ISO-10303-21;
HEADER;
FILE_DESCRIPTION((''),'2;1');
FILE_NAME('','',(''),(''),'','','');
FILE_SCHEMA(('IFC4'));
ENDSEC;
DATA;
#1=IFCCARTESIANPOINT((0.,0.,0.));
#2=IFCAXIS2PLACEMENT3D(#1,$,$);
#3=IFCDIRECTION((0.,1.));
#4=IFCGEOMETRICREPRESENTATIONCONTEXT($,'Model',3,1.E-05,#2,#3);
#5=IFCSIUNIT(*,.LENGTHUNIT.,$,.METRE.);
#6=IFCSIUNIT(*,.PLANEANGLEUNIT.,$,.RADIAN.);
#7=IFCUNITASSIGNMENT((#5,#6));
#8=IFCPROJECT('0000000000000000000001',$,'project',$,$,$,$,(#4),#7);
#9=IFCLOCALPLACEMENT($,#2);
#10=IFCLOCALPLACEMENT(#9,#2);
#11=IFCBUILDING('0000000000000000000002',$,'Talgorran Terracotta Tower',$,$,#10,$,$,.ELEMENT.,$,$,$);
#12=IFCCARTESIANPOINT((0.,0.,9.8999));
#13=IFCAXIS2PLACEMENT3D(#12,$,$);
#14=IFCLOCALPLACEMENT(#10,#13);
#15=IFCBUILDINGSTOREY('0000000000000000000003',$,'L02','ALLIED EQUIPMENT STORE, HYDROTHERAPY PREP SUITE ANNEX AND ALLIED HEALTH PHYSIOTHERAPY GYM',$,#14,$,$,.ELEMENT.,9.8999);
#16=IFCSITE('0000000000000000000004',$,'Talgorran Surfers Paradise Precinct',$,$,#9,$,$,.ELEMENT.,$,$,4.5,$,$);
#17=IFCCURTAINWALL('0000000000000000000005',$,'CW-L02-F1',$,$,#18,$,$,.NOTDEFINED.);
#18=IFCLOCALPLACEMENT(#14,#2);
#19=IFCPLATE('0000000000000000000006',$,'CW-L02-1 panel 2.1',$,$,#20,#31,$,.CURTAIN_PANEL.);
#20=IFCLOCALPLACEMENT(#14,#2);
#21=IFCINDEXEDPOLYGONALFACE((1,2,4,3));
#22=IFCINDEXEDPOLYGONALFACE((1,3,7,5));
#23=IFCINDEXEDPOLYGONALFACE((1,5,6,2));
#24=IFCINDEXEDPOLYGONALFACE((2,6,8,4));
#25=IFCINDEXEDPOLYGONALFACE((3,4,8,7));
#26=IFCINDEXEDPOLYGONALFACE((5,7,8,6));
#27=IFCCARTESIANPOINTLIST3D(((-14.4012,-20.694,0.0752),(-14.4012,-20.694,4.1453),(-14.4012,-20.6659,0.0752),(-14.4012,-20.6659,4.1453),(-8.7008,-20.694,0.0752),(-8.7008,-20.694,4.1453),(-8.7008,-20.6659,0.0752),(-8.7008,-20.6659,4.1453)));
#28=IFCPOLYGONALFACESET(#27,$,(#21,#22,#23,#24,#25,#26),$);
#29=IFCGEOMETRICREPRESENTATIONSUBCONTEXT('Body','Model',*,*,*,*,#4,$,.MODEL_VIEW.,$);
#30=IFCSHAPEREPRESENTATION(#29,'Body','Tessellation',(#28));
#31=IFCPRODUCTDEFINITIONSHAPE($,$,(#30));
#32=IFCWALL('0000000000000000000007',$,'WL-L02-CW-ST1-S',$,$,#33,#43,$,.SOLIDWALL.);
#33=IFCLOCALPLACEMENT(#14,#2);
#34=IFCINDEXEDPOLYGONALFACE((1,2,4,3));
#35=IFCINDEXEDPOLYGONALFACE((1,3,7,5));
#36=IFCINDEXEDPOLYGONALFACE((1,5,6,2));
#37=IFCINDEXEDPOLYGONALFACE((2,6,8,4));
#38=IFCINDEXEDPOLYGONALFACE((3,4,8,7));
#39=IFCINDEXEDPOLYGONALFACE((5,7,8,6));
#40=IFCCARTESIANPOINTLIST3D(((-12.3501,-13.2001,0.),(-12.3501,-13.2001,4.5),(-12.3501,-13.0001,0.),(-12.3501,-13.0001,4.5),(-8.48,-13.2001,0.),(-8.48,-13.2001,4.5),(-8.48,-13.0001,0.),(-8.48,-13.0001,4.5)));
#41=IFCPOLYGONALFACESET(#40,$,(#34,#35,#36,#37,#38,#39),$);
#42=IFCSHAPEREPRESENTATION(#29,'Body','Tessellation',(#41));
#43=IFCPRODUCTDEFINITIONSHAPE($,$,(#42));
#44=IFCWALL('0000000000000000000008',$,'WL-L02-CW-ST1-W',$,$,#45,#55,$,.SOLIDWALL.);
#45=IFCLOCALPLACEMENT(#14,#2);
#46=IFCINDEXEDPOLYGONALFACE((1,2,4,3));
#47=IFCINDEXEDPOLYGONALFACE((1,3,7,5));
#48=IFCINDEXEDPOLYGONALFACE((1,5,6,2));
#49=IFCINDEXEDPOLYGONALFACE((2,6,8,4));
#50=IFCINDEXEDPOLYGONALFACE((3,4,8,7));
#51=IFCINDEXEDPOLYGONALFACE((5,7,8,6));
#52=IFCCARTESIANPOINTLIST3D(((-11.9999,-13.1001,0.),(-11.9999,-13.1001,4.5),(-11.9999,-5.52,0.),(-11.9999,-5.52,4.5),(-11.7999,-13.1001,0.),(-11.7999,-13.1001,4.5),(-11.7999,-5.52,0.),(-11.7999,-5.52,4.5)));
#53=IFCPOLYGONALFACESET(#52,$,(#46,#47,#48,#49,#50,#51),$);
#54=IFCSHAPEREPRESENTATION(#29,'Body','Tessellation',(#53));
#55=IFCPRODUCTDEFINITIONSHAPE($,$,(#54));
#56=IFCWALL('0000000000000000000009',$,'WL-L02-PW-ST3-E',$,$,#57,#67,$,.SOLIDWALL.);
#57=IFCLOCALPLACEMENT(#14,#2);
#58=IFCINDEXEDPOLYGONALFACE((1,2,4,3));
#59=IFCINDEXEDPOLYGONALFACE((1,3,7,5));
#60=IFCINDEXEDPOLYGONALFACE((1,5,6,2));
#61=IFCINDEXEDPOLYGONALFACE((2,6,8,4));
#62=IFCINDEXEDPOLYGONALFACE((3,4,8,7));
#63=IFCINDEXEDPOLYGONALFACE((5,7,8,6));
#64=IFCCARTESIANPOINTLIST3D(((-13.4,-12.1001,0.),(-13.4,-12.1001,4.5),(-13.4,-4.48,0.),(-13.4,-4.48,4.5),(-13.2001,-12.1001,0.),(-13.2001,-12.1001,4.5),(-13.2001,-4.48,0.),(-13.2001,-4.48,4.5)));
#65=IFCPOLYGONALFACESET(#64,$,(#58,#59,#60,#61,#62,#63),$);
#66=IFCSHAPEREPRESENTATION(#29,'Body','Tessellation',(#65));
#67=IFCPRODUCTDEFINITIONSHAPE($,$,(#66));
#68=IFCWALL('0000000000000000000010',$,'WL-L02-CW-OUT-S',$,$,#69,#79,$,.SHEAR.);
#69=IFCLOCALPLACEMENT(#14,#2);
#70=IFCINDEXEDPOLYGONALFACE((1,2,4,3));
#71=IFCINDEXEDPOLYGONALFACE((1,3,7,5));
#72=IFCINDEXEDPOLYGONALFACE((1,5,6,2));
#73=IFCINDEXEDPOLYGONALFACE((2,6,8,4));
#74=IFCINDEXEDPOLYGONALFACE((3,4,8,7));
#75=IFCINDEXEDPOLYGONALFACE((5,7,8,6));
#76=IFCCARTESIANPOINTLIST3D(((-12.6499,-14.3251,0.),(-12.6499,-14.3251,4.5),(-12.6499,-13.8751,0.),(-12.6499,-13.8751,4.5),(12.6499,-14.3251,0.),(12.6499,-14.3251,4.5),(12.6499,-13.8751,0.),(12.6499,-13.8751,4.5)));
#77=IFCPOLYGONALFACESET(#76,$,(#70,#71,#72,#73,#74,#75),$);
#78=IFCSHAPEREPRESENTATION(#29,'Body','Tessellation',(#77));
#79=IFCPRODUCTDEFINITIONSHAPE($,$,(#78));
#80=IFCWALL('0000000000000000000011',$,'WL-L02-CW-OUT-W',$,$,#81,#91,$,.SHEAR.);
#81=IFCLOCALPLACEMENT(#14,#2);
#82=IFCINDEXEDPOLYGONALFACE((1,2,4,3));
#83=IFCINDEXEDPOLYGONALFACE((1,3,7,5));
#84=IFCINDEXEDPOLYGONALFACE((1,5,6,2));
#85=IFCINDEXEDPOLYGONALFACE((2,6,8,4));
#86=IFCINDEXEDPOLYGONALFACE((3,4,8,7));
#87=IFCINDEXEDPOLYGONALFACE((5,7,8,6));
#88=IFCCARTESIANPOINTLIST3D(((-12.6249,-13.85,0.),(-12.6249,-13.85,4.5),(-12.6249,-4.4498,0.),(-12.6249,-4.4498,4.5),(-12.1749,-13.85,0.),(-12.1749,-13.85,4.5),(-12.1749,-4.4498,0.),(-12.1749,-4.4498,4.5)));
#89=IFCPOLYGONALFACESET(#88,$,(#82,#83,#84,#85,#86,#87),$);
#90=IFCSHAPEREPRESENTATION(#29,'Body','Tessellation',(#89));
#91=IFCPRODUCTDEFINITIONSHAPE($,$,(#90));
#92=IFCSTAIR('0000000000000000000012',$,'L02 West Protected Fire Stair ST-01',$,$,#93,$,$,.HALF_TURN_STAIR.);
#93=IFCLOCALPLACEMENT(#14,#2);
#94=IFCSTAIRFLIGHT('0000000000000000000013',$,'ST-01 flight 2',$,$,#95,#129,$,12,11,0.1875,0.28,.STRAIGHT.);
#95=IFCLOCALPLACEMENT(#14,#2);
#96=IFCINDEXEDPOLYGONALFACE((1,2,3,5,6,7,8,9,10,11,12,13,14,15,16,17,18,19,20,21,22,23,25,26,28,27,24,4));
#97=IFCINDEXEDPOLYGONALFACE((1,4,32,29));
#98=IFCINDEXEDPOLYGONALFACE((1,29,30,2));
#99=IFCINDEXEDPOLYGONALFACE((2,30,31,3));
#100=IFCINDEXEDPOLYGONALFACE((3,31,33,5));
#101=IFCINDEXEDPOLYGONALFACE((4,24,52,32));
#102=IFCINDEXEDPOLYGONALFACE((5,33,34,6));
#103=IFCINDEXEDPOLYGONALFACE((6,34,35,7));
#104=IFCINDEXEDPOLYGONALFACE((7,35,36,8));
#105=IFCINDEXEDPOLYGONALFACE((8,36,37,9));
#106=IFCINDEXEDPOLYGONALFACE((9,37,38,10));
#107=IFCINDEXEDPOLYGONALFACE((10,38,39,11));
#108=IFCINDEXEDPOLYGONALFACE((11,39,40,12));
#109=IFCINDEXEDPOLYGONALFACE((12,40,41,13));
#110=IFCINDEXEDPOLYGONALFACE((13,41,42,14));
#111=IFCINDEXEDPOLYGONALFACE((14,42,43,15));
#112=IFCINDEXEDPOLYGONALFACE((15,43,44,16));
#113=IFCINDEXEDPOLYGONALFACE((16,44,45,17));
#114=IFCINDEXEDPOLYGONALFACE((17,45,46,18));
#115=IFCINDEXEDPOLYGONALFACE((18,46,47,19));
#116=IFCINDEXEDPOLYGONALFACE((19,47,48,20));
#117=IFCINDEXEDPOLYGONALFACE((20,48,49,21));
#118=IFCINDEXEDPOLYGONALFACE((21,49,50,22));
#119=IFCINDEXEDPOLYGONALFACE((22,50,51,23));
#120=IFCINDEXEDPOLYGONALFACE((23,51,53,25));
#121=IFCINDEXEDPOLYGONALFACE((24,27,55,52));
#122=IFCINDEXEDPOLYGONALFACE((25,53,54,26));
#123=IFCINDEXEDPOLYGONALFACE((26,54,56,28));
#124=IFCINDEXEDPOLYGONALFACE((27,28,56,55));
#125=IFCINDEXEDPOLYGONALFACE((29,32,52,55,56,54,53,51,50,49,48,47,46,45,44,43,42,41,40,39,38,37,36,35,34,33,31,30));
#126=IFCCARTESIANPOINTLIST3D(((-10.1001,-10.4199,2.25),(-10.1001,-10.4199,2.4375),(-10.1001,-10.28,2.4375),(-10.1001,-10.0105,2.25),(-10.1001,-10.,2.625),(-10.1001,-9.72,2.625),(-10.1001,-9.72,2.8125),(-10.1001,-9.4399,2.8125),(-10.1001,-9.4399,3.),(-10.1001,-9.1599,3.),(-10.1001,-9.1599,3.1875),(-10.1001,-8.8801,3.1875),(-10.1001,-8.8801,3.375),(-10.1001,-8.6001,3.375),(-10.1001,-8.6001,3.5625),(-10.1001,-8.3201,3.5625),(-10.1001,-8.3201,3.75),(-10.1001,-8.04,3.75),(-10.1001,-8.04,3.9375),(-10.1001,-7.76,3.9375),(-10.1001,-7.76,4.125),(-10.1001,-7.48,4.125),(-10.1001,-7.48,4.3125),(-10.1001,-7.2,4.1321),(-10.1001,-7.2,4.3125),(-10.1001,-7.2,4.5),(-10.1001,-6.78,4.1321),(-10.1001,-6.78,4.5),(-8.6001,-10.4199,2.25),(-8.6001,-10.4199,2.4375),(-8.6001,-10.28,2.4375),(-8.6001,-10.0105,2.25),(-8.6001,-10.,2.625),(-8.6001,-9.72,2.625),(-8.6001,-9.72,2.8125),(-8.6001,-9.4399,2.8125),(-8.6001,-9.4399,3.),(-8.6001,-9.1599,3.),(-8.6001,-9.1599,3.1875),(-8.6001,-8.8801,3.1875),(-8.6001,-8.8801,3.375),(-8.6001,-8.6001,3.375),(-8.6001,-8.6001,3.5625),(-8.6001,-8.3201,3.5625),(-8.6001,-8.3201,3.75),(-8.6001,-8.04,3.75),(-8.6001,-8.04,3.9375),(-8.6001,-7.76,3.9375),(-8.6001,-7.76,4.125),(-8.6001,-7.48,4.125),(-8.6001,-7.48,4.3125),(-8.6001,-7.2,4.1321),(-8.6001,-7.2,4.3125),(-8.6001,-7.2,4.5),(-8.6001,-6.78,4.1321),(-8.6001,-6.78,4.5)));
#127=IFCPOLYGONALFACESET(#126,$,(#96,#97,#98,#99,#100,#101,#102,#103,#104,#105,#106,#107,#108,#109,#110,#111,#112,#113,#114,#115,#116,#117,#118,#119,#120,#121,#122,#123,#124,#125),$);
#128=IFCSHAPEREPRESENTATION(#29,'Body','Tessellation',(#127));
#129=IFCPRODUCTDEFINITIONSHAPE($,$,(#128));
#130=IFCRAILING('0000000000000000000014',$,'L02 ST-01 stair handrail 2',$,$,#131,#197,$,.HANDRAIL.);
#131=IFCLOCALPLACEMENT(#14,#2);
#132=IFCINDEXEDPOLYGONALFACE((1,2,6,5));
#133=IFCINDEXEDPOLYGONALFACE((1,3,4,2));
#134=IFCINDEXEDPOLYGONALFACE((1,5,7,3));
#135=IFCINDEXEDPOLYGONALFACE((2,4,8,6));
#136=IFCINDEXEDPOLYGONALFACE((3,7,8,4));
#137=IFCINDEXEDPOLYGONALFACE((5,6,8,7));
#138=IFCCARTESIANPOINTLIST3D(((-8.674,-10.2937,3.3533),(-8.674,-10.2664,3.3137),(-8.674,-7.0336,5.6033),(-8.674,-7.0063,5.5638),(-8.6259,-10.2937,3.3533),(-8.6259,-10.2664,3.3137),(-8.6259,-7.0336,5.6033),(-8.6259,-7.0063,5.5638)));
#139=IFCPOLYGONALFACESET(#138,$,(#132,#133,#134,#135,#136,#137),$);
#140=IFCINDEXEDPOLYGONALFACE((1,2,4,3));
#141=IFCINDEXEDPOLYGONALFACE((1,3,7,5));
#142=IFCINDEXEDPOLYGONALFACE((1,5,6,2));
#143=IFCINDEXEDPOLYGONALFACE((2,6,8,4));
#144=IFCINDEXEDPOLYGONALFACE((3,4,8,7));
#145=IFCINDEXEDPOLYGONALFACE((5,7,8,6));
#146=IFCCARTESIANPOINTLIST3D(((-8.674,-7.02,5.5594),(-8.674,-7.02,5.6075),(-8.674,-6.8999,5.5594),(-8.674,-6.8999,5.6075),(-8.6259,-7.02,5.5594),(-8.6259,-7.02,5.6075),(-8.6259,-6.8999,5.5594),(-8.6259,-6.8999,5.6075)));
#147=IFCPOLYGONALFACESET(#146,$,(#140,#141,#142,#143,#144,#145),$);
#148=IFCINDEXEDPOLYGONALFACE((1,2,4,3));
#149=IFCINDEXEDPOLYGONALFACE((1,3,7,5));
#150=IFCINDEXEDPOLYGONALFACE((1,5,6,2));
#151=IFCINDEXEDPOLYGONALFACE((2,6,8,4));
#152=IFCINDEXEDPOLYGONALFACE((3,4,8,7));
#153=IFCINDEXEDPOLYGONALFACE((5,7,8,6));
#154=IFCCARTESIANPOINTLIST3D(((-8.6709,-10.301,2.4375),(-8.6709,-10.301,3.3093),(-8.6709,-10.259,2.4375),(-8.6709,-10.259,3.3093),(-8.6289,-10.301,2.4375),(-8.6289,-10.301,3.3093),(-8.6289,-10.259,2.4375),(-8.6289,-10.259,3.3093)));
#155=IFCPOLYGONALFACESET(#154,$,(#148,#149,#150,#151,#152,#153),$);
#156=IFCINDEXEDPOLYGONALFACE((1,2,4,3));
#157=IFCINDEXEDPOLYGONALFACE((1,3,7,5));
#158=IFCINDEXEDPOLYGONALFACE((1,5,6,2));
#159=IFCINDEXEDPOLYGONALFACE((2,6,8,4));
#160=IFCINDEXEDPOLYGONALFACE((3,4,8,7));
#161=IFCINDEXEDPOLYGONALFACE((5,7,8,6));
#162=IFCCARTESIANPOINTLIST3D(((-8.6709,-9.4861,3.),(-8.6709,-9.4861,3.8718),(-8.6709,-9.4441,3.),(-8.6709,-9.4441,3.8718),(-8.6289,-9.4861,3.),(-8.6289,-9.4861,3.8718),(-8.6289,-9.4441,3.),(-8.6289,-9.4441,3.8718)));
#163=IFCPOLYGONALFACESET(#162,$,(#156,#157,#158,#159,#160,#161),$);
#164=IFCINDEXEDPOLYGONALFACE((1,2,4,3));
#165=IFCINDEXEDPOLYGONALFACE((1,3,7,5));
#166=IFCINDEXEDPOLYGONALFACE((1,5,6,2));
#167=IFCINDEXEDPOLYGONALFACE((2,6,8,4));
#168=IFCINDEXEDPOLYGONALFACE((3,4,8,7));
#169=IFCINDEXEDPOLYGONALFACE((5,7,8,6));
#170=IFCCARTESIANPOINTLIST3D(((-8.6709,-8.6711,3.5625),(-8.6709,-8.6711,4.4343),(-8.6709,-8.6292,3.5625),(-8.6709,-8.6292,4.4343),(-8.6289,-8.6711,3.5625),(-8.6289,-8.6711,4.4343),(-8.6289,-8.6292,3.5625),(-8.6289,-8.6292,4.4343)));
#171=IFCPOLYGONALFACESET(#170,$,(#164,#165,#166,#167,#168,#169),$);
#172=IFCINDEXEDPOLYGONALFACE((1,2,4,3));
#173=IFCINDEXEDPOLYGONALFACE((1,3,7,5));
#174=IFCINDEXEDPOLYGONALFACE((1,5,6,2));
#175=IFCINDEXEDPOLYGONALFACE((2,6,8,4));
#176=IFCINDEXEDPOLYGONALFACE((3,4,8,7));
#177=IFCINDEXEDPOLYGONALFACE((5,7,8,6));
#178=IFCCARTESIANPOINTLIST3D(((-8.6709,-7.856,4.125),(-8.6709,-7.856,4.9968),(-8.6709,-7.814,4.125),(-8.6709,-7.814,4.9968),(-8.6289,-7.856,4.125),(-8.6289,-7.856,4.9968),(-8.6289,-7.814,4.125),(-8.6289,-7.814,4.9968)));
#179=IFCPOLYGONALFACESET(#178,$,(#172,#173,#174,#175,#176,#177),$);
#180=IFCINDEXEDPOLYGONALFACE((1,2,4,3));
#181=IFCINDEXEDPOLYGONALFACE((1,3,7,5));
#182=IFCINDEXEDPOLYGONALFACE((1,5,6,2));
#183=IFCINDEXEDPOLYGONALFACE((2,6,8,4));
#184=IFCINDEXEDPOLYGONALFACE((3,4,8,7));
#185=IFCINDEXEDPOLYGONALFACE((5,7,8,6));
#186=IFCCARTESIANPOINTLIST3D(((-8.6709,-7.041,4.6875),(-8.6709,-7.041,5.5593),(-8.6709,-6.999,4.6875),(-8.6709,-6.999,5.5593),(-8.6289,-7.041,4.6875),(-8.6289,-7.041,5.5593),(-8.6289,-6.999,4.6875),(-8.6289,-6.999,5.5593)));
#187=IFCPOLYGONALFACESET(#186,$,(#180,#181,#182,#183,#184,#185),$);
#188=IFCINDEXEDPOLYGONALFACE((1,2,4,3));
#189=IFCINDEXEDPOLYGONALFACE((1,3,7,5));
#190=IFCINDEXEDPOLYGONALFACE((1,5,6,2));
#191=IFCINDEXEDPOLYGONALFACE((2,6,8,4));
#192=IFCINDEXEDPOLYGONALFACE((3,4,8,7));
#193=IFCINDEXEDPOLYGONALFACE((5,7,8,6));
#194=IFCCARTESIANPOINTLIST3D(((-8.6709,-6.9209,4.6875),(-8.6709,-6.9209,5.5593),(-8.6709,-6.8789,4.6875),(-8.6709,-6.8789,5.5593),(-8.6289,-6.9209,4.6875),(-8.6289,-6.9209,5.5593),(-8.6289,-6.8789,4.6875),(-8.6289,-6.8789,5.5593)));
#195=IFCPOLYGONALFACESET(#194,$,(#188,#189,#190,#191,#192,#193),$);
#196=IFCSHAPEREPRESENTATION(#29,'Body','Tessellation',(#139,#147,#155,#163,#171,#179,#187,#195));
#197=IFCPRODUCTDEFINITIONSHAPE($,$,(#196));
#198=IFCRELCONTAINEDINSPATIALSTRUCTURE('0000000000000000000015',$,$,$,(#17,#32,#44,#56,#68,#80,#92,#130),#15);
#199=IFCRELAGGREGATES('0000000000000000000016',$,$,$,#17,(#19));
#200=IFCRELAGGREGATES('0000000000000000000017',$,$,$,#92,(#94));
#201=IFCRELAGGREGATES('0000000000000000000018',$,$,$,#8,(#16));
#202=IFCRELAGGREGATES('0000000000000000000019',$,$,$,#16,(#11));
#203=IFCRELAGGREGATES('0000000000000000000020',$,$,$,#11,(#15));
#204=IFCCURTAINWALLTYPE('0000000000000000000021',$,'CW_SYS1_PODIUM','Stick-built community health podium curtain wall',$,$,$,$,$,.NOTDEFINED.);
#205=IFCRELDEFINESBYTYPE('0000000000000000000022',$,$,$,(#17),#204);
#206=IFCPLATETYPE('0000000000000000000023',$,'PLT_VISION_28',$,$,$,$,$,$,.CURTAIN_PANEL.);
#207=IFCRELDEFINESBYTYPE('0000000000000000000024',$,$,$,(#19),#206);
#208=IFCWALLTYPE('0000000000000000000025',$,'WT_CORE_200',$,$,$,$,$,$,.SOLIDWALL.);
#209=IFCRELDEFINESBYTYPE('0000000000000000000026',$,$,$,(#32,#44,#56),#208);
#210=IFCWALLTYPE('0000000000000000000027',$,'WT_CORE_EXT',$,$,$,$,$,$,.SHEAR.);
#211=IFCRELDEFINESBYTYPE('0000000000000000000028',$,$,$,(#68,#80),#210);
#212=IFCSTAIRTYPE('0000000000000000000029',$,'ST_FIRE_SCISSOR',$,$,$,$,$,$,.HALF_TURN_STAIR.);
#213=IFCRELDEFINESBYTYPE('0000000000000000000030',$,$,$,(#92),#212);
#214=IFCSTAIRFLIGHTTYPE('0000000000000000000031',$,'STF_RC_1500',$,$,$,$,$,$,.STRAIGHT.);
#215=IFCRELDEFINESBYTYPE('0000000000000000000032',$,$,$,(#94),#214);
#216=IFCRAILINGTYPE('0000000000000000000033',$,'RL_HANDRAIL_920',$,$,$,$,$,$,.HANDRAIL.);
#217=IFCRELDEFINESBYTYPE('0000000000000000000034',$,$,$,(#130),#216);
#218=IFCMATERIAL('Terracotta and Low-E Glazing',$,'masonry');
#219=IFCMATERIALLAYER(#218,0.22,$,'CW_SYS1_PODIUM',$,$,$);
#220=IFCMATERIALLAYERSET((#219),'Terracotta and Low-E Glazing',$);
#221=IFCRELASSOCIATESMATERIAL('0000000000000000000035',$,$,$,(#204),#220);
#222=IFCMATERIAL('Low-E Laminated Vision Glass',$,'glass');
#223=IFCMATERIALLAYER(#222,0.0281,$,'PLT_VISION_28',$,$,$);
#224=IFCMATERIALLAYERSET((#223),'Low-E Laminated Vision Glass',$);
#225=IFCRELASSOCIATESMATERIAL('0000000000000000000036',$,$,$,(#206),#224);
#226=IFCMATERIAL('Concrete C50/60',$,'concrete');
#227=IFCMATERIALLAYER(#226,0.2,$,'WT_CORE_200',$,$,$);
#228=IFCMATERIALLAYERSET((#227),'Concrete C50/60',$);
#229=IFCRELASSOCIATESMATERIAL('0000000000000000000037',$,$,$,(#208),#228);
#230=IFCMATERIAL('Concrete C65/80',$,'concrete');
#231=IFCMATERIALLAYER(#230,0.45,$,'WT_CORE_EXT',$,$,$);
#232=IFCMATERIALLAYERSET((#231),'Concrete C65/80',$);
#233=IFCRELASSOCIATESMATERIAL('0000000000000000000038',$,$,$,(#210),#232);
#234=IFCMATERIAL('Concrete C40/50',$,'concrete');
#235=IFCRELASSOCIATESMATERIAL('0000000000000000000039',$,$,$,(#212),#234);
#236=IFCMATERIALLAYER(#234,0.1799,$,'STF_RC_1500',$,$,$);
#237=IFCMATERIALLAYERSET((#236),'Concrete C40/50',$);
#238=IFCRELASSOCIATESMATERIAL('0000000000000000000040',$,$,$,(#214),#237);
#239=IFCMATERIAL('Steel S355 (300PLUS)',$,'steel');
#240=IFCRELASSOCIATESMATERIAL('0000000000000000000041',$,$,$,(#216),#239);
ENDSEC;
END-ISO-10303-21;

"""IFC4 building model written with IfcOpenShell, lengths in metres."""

from ifc_helpers import new_model, si_unit, direction, frame, frame_2d, origin, origin_2d, place, context, subcontext, project, spatial, polyline, rectangle, outline, extrude, source, transform, mapped, material, layer, layer_set, type_object, type_shapes, element, aggregate, save


model = new_model("IFC4")

# Units and contexts
model_context = context("Model", 3, precision=1e-05, world=origin(), true_north=direction((0.0, 1.0)))
body_context = subcontext(model_context, "Body", "Model", "MODEL_VIEW")
ifc_project = project(units=[si_unit("LENGTHUNIT", "METRE"), si_unit("PLANEANGLEUNIT", "RADIAN")], contexts=[model_context])

# Site, building, storey
site_placement = place(None, origin())
site = spatial("IfcSite", under=ifc_project, at=site_placement, Name="Talgorran Surfers Paradise Precinct", CompositionType="ELEMENT", RefElevation=4.5)
building_placement = place(site_placement, origin())
building = spatial("IfcBuilding", under=site, at=building_placement, Name="Talgorran Terracotta Tower", CompositionType="ELEMENT")
storey_placement = place(building_placement, frame((0.0, 0.0, 9.8999)))
storey = spatial("IfcBuildingStorey", under=building, at=storey_placement, Name="L02", Description="ALLIED EQUIPMENT STORE, HYDROTHERAPY PREP SUITE ANNEX AND ALLIED HEALTH PHYSIOTHERAPY GYM", CompositionType="ELEMENT", Elevation=9.8999)

# Shared definitions
ifc_material_1 = material(Name="Steel S355 (300PLUS)", Category="steel")

# Curtain wall, plate
ifc_material_2 = material(Name="Terracotta and Low-E Glazing", Category="masonry")
ifc_layer_1 = layer(ifc_material_2, 0.22, Name="CW_SYS1_PODIUM")
ifc_layer_set_1 = layer_set([ifc_layer_1], Name="Terracotta and Low-E Glazing")
curtain_wall_type = type_object("IfcCurtainWallType", Name="CW_SYS1_PODIUM", Description="Stick-built community health podium curtain wall", PredefinedType="NOTDEFINED", material=ifc_layer_set_1)
curtain_wall_placement = place(storey_placement, origin())
curtain_wall = element("IfcCurtainWall", 1, at=curtain_wall_placement, inside=storey, type_object=curtain_wall_type, Name="CW-L02-F1", PredefinedType="NOTDEFINED")
ifc_material_3 = material(Name="Low-E Laminated Vision Glass", Category="glass")
ifc_layer_2 = layer(ifc_material_3, 0.0281, Name="PLT_VISION_28")
ifc_layer_set_2 = layer_set([ifc_layer_2], Name="Low-E Laminated Vision Glass")
plate_type = type_object("IfcPlateType", Name="PLT_VISION_28", PredefinedType="CURTAIN_PANEL", material=ifc_layer_set_2)
shared_shape = source(origin(), body_context, "Body", "SweptSolid", [
    extrude(rectangle(XDim=5.7004, YDim=0.0281, at=origin_2d()), origin(), (0.0, 0.0, 1.0), 4.0701),
])
type_shapes(plate_type, [shared_shape])
plate_placement = place(storey_placement, frame((-11.551, -20.6799, 0.0752), z_axis=(0.0, 0.0, 1.0), x_axis=(1.0, 0.0, 0.0)))
plate = element("IfcPlate", 2, at=plate_placement, type_object=plate_type, Name="CW-L02-1 panel 2.1", PredefinedType="CURTAIN_PANEL", context=body_context, shape_type="MappedRepresentation", body=[
    mapped(shared_shape, transform((0.0, 0.0, 0.0), scale=1.0)),
])
aggregate(curtain_wall, [plate])

# Walls
ifc_material_4 = material(Name="Concrete C50/60", Category="concrete")
ifc_layer_3 = layer(ifc_material_4, 0.2, Name="WT_CORE_200")
ifc_layer_set_3 = layer_set([ifc_layer_3], Name="Concrete C50/60")
wall_type_1 = type_object("IfcWallType", Name="WT_CORE_200", PredefinedType="SOLIDWALL", material=ifc_layer_set_3)
wall_1_placement = place(storey_placement, frame((-12.3501, -13.1001, 0.0), z_axis=(0.0, 0.0, 1.0), x_axis=(1.0, 0.0, 0.0)))
element("IfcWall", 3, at=wall_1_placement, inside=storey, type_object=wall_type_1, Name="WL-L02-CW-ST1-S", PredefinedType="SOLIDWALL", context=body_context, shape_type="SweptSolid", body=[
    extrude(rectangle(XDim=3.8701, YDim=0.2, at=frame_2d((1.9351, 0.0))), origin(), (0.0, 0.0, 1.0), 4.5),
])
wall_2_placement = place(storey_placement, frame((-11.8999, -13.1001, 0.0), z_axis=(0.0, 0.0, 1.0), x_axis=(0.0, 1.0, 0.0)))
element("IfcWall", 4, at=wall_2_placement, inside=storey, type_object=wall_type_1, Name="WL-L02-CW-ST1-W", PredefinedType="SOLIDWALL", context=body_context, shape_type="SweptSolid", body=[
    extrude(rectangle(XDim=7.5801, YDim=0.2, at=frame_2d((3.79, 0.0))), origin(), (0.0, 0.0, 1.0), 4.5),
])
wall_3_placement = place(storey_placement, frame((-13.3, -12.1001, 0.0), z_axis=(0.0, 0.0, 1.0), x_axis=(0.0, 1.0, 0.0)))
element("IfcWall", 5, at=wall_3_placement, inside=storey, type_object=wall_type_1, Name="WL-L02-PW-ST3-E", PredefinedType="SOLIDWALL", context=body_context, shape_type="SweptSolid", body=[
    extrude(rectangle(XDim=7.6201, YDim=0.2, at=frame_2d((3.8101, 0.0))), origin(), (0.0, 0.0, 1.0), 4.5),
])
ifc_material_5 = material(Name="Concrete C65/80", Category="concrete")
ifc_layer_4 = layer(ifc_material_5, 0.45, Name="WT_CORE_EXT")
ifc_layer_set_4 = layer_set([ifc_layer_4], Name="Concrete C65/80")
wall_type_2 = type_object("IfcWallType", Name="WT_CORE_EXT", PredefinedType="SHEAR", material=ifc_layer_set_4)
wall_4_placement = place(storey_placement, frame((-12.6499, -14.1001, 0.0), z_axis=(0.0, 0.0, 1.0), x_axis=(1.0, 0.0, 0.0)))
element("IfcWall", 6, at=wall_4_placement, inside=storey, type_object=wall_type_2, Name="WL-L02-CW-OUT-S", PredefinedType="SHEAR", context=body_context, shape_type="SweptSolid", body=[
    extrude(rectangle(XDim=25.2998, YDim=0.45, at=frame_2d((12.6499, 0.0))), origin(), (0.0, 0.0, 1.0), 4.5),
])
wall_5_placement = place(storey_placement, frame((-12.3999, -13.8501, 0.0), z_axis=(0.0, 0.0, 1.0), x_axis=(0.0, 1.0, 0.0)))
element("IfcWall", 7, at=wall_5_placement, inside=storey, type_object=wall_type_2, Name="WL-L02-CW-OUT-W", PredefinedType="SHEAR", context=body_context, shape_type="SweptSolid", body=[
    extrude(rectangle(XDim=9.4001, YDim=0.45, at=frame_2d((4.7002, 0.0))), origin(), (0.0, 0.0, 1.0), 4.5),
])

# Stair, stair flight
ifc_material_6 = material(Name="Concrete C40/50", Category="concrete")
stair_type = type_object("IfcStairType", Name="ST_FIRE_SCISSOR", PredefinedType="HALF_TURN_STAIR", material=ifc_material_6)
stair_placement = place(storey_placement, origin())
stair = element("IfcStair", 8, at=stair_placement, inside=storey, type_object=stair_type, Name="L02 West Protected Fire Stair ST-01", PredefinedType="HALF_TURN_STAIR")
ifc_layer_5 = layer(ifc_material_6, 0.1799, Name="STF_RC_1500")
ifc_layer_set_5 = layer_set([ifc_layer_5], Name="Concrete C40/50")
stair_flight_type = type_object("IfcStairFlightType", Name="STF_RC_1500", PredefinedType="STRAIGHT", material=ifc_layer_set_5)
stair_flight_placement = place(storey_placement, frame((-9.3501, -10.28, 2.25), z_axis=(0.0, 0.0, 1.0), x_axis=(0.0, 1.0, 0.0)))
stair_flight = element("IfcStairFlight", 9, at=stair_flight_placement, type_object=stair_flight_type, Name="ST-01 flight 2", NumberOfRisers=12, NumberOfTreads=11, PredefinedType="STRAIGHT", RiserHeight=0.1875, TreadLength=0.28, context=body_context, shape_type="SweptSolid", body=[
    extrude(outline(polyline([(-0.1399, 0.0), (-0.1399, 0.1875), (0.0, 0.1875), (0.28, 0.375), (0.5601, 0.375), (0.5601, 0.5625), (0.8401, 0.5625), (0.8401, 0.75), (1.1201, 0.75), (1.1201, 0.9375), (1.3999, 0.9375), (1.3999, 1.125), (1.6799, 1.125), (1.6799, 1.3125), (1.96, 1.3125), (1.96, 1.5), (2.24, 1.5), (2.24, 1.6875), (2.52, 1.6875), (2.52, 1.875), (2.8, 1.875), (2.8, 2.0625), (3.0801, 2.0625), (3.0801, 2.25), (3.5, 2.25), (3.5, 1.8821), (3.0801, 1.8821), (0.2695, 0.0), (-0.1399, 0.0)])), frame((0.0, 0.75, 0.0), z_axis=(0.0, -1.0, 0.0), x_axis=(1.0, 0.0, 0.0)), (0.0, 0.0, 1.0), 1.5),
])
aggregate(stair, [stair_flight])

# Railing
railing_type_1 = type_object("IfcRailingType", Name="RL_HANDRAIL_920", PredefinedType="HANDRAIL", material=ifc_material_1)
railing_1_placement = place(storey_placement, frame((-8.6499, -10.28, 2.4375)))
element("IfcRailing", 10, at=railing_1_placement, inside=storey, type_object=railing_type_1, Name="L02 ST-01 stair handrail 2", PredefinedType="HANDRAIL", context=body_context, shape_type="SweptSolid", body=[
    extrude(rectangle(XDim=0.0481, YDim=0.0481, at=origin_2d()), frame((0.0, 0.0, 0.896), z_axis=(0.0, 0.82301, 0.568027), x_axis=(-1.0, 0.0, 0.0)), (0.0, 0.0, 1.0), 3.9612),
    extrude(rectangle(XDim=0.0481, YDim=0.0481, at=origin_2d()), frame((0.0, 3.26, 3.146), z_axis=(0.0, 1.0, 0.0), x_axis=(-1.0, 0.0, 0.0)), (0.0, 0.0, 1.0), 0.1201),
    extrude(rectangle(XDim=0.042, YDim=0.042, at=origin_2d()), origin(), (0.0, 0.0, 1.0), 0.8718),
    extrude(rectangle(XDim=0.042, YDim=0.042, at=origin_2d()), frame((0.0, 0.8149, 0.5625)), (0.0, 0.0, 1.0), 0.8718),
    extrude(rectangle(XDim=0.042, YDim=0.042, at=origin_2d()), frame((0.0, 1.6299, 1.125)), (0.0, 0.0, 1.0), 0.8718),
    extrude(rectangle(XDim=0.042, YDim=0.042, at=origin_2d()), frame((0.0, 2.4451, 1.6875)), (0.0, 0.0, 1.0), 0.8718),
    extrude(rectangle(XDim=0.042, YDim=0.042, at=origin_2d()), frame((0.0, 3.26, 2.25)), (0.0, 0.0, 1.0), 0.8718),
    extrude(rectangle(XDim=0.042, YDim=0.042, at=origin_2d()), frame((0.0, 3.3801, 2.25)), (0.0, 0.0, 1.0), 0.8718),
])

save(model, "model.ifc")
